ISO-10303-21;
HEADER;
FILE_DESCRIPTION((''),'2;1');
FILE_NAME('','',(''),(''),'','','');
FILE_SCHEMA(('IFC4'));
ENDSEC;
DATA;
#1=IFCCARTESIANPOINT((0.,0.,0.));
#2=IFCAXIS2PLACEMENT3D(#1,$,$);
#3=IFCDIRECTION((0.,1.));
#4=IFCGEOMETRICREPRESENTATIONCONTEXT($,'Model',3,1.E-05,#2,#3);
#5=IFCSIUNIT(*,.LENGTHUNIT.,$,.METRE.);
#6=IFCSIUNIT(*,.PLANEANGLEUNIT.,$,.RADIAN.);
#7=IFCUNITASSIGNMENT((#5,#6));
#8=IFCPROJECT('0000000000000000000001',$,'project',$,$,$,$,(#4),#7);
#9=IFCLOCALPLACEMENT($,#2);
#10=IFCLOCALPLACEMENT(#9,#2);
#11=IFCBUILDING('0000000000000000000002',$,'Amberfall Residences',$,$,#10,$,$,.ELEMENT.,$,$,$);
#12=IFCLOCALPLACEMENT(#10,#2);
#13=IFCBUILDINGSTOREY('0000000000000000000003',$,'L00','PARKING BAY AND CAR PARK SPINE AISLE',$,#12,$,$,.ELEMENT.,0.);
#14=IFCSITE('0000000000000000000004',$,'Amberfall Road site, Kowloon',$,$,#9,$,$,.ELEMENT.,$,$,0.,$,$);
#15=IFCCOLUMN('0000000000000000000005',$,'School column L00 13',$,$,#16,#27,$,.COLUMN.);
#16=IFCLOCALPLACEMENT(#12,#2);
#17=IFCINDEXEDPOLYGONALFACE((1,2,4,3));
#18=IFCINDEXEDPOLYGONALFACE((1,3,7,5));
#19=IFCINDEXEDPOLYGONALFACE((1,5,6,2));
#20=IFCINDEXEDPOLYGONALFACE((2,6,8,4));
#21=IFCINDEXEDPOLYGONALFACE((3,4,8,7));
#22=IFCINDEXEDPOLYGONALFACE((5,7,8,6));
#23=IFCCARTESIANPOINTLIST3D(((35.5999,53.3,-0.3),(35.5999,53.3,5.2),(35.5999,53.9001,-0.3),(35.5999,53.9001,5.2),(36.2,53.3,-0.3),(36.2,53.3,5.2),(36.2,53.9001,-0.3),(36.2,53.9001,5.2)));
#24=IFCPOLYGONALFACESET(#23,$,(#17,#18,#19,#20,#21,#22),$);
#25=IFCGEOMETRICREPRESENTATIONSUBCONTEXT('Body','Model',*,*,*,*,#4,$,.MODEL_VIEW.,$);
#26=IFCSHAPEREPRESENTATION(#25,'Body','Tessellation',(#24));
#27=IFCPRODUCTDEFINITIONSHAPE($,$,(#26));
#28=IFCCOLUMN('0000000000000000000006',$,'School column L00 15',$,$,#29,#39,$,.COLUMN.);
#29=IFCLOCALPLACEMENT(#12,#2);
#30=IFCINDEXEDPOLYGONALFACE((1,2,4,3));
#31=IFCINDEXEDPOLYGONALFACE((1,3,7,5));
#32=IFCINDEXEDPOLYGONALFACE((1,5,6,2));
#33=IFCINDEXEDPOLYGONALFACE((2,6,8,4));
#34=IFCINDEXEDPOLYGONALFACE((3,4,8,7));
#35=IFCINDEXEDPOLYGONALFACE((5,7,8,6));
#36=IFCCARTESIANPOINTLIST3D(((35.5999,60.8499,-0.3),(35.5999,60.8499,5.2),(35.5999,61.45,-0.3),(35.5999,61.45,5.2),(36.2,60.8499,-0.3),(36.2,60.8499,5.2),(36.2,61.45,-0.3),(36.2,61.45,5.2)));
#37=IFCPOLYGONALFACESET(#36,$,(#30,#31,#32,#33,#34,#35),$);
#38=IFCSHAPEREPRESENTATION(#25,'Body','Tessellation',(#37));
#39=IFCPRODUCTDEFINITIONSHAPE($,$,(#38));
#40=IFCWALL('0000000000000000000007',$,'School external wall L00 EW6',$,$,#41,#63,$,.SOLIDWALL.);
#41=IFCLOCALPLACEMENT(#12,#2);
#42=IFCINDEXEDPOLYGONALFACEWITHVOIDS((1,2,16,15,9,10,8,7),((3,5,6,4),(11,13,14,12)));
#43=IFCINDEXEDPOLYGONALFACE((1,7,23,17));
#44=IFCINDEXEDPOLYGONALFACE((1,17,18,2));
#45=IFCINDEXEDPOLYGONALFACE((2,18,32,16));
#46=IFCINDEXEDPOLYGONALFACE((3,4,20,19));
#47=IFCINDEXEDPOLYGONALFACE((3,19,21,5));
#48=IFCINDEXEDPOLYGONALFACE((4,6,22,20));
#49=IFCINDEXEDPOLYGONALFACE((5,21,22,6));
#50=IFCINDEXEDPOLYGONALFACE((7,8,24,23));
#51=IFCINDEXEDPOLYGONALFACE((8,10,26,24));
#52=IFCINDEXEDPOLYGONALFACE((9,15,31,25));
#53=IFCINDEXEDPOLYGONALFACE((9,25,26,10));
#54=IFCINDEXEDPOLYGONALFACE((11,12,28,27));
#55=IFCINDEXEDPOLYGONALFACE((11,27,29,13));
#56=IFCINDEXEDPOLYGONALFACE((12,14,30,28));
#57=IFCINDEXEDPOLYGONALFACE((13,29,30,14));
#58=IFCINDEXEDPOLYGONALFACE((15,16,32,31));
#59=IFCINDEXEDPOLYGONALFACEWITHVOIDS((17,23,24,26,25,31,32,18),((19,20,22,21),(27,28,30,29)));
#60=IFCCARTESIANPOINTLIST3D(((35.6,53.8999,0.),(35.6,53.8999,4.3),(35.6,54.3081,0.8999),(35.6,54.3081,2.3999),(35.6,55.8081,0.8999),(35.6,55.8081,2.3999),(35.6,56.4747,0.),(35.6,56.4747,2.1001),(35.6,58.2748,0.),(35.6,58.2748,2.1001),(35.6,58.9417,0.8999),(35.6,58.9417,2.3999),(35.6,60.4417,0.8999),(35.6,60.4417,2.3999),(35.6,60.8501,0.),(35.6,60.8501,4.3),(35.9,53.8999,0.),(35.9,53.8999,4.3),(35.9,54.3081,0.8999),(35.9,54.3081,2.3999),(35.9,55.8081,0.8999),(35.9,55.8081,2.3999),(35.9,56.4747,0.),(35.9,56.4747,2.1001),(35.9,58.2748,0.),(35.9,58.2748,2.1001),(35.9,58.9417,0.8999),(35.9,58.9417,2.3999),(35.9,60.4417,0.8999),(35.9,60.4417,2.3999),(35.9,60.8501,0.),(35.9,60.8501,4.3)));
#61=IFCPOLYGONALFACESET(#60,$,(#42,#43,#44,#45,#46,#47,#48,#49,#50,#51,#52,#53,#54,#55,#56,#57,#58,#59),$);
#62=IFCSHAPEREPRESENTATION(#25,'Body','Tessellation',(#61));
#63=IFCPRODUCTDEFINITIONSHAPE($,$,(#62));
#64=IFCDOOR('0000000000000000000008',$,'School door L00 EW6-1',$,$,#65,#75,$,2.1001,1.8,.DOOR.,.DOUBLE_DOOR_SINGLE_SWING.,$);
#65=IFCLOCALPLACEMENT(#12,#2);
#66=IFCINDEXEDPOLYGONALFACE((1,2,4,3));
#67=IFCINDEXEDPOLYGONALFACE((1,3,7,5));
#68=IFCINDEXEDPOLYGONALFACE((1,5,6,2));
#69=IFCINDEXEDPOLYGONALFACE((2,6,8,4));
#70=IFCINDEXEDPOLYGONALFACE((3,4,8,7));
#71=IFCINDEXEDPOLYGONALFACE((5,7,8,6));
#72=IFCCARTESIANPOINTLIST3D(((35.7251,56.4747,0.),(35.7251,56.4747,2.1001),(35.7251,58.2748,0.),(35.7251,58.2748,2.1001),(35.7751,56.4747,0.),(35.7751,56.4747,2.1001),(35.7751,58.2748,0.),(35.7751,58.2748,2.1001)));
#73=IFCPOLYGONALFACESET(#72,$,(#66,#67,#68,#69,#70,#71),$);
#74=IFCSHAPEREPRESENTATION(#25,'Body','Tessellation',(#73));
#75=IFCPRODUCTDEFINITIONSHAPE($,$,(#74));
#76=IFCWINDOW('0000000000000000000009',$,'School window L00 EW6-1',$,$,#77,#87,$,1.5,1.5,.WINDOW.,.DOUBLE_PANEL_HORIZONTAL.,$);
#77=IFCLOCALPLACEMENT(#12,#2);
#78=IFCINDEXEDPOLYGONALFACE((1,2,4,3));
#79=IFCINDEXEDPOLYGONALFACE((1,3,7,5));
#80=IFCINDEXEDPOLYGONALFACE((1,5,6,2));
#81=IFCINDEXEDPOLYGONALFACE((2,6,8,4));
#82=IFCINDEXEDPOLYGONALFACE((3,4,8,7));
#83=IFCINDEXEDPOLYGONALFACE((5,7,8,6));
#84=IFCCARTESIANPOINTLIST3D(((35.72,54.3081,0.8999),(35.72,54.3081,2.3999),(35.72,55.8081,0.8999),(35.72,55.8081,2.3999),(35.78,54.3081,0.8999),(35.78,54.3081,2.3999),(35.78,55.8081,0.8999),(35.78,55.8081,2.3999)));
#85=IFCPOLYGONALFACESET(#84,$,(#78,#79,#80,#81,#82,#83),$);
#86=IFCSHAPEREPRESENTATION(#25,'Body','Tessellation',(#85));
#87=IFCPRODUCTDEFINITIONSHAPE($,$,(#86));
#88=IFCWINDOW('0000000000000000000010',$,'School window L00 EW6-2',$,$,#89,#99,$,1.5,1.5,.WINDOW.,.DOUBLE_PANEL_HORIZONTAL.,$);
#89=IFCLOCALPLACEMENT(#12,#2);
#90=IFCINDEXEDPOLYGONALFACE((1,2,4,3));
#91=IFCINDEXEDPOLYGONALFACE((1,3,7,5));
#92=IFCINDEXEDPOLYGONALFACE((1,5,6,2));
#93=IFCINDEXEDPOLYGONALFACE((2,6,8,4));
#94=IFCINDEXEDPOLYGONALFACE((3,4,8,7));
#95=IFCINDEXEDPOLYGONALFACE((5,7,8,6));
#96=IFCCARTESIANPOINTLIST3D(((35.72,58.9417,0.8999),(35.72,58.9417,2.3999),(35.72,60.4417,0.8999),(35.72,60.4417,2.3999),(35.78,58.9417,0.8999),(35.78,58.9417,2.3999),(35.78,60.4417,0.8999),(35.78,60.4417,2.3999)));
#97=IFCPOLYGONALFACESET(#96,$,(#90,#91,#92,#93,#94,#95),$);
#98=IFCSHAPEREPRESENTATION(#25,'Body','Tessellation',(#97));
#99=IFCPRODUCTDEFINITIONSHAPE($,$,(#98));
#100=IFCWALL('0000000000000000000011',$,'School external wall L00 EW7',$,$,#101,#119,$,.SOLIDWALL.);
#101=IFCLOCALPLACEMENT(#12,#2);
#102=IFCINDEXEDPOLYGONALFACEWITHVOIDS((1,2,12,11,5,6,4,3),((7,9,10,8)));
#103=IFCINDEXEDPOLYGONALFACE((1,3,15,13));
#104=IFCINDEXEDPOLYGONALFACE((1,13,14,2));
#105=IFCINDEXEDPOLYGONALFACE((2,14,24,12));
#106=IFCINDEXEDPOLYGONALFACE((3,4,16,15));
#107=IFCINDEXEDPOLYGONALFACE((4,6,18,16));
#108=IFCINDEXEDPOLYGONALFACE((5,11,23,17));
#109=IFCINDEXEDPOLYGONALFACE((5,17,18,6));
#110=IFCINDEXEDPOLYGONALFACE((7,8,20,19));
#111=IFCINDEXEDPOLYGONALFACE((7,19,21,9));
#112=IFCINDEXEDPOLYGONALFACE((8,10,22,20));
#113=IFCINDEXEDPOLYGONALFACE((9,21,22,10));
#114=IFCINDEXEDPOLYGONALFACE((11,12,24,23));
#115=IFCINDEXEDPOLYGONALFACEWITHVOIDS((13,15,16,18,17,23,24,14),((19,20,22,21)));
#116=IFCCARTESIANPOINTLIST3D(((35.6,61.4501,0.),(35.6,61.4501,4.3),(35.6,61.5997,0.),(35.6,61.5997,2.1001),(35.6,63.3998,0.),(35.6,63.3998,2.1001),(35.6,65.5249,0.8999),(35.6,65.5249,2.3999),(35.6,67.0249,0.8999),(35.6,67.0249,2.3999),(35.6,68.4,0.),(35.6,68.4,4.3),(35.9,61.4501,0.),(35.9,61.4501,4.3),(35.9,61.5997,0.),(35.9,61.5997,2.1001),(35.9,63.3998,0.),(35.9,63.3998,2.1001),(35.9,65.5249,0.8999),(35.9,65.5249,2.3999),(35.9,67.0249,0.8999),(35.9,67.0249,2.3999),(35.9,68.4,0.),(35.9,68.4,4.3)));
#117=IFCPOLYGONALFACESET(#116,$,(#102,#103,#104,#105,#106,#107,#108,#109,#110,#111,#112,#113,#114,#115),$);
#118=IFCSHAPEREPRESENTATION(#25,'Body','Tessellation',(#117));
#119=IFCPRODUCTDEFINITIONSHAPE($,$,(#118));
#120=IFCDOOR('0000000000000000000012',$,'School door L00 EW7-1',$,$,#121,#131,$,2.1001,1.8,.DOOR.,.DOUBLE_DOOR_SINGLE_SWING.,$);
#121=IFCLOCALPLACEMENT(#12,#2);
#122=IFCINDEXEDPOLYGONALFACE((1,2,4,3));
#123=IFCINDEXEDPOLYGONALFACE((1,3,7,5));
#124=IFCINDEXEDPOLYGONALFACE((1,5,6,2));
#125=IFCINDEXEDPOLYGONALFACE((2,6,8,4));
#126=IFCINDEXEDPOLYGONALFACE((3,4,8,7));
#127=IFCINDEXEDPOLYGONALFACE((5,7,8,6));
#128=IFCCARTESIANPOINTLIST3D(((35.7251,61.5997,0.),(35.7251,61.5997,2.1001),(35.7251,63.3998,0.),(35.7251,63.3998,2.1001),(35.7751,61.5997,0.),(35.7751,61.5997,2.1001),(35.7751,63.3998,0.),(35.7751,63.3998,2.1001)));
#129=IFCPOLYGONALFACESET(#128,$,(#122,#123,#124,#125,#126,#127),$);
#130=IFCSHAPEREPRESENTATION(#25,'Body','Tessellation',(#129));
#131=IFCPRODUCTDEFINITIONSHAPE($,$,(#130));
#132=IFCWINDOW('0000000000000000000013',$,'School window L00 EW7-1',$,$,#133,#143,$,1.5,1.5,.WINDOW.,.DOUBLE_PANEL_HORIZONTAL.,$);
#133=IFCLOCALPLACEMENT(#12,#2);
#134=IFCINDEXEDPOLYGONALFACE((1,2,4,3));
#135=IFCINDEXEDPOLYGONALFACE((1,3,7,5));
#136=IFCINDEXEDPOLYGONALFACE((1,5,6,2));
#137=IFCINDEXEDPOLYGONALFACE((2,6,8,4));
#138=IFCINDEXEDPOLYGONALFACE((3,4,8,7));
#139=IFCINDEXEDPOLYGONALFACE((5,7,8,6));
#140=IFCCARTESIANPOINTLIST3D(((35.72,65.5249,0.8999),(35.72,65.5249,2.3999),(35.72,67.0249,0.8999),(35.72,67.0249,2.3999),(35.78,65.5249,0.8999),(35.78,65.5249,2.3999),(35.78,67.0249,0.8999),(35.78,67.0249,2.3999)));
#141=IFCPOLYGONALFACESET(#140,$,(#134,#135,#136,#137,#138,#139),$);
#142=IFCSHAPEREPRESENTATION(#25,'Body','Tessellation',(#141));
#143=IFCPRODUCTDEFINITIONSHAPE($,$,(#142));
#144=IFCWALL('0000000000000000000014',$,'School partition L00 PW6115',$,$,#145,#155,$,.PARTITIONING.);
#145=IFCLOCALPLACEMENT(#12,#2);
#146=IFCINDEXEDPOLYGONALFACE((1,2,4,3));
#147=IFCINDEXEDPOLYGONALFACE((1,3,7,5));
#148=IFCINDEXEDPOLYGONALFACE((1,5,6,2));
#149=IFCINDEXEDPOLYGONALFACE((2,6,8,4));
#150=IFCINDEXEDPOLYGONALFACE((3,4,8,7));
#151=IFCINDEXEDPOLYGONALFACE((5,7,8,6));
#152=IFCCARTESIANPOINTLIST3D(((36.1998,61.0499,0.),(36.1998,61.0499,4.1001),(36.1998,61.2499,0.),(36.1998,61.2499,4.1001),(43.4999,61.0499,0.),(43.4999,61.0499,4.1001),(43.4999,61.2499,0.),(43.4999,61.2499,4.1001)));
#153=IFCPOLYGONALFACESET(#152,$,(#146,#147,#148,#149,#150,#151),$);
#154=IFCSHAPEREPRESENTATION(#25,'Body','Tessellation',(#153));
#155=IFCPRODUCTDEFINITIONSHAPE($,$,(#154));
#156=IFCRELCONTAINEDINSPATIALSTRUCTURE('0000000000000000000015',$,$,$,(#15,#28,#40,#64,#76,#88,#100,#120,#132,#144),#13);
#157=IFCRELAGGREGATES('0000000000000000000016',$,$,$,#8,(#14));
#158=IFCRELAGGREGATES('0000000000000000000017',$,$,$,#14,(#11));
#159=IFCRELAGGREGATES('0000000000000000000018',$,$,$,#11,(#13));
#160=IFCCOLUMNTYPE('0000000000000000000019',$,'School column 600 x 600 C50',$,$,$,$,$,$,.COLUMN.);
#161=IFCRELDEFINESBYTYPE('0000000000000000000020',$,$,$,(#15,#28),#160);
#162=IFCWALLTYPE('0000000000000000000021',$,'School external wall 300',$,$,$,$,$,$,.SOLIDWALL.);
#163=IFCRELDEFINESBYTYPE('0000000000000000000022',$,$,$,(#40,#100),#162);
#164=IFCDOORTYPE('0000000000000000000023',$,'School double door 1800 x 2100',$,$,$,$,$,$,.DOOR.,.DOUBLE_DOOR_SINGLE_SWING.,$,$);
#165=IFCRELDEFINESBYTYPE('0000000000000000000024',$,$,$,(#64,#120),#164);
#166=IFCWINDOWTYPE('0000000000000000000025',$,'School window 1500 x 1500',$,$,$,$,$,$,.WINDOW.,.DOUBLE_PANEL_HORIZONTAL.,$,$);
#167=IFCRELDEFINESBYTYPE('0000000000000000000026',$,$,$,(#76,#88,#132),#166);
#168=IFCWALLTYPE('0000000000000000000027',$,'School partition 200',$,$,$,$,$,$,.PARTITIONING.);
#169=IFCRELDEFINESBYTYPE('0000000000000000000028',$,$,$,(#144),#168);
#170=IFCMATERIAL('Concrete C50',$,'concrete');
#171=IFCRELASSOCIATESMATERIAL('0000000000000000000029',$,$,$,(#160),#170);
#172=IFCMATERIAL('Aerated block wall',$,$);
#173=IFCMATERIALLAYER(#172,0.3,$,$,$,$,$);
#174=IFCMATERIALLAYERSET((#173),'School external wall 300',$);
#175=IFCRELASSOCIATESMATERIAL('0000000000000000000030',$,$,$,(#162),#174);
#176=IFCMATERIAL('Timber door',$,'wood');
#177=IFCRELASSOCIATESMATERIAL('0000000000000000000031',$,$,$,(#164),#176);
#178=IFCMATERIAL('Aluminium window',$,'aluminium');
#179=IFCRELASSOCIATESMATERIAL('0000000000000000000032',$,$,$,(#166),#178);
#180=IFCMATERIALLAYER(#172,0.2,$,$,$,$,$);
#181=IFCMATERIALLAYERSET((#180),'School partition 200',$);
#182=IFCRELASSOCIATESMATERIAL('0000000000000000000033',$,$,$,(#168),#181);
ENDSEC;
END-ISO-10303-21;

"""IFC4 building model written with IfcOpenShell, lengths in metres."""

from ifc_helpers import new_model, si_unit, direction, frame, frame_2d, origin, origin_2d, place, context, subcontext, project, spatial, rectangle, extrude, material, layer, layer_set, material_profile, profile_set, type_object, element, fill, save


model = new_model("IFC4")

# Units and contexts
model_context = context("Model", 3, precision=1e-05, world=origin(), true_north=direction((0.0, 1.0)))
body_context = subcontext(model_context, "Body", "Model", "MODEL_VIEW")
ifc_project = project(units=[si_unit("LENGTHUNIT", "METRE"), si_unit("PLANEANGLEUNIT", "RADIAN")], contexts=[model_context])

# Site, building, storey
site_placement = place(None, origin())
site = spatial("IfcSite", under=ifc_project, at=site_placement, Name="Amberfall Road site, Kowloon", CompositionType="ELEMENT", RefElevation=0.0)
building_placement = place(site_placement, origin())
building = spatial("IfcBuilding", under=site, at=building_placement, Name="Amberfall Residences", CompositionType="ELEMENT")
storey_placement = place(building_placement, origin())
storey = spatial("IfcBuildingStorey", under=building, at=storey_placement, Name="L00", Description="PARKING BAY AND CAR PARK SPINE AISLE", CompositionType="ELEMENT", Elevation=0.0)

# Columns
ifc_material_1 = material(Name="Concrete C50", Category="concrete")
ifc_material_profile = material_profile(ifc_material_1, rectangle(XDim=0.6001, YDim=0.6001, at=origin_2d()), Name="School column 600 x 600 C50")
ifc_profile_set = profile_set([ifc_material_profile], Name="Concrete C50")
column_type = type_object("IfcColumnType", Name="School column 600 x 600 C50", PredefinedType="COLUMN", material=ifc_profile_set)
for number, where, z_axis, x_axis, name in (
    (1, (35.8999, 53.6001, -0.3), (0.0, 0.0, 1.0), (1.0, 0.0, 0.0), "School column L00 13"),
    (2, (35.8999, 61.1499, -0.3), (0.0, 0.0, 1.0), (1.0, 0.0, 0.0), "School column L00 15"),
):
    element("IfcColumn", number, at=place(storey_placement, frame(where, z_axis=z_axis, x_axis=x_axis)), inside=storey, type_object=column_type, Name=name, PredefinedType="COLUMN", context=body_context, shape_type="SweptSolid", body=[
        extrude(rectangle(XDim=0.6001, YDim=0.6001, at=origin_2d()), origin(), (0.0, 0.0, 1.0), 5.5),
    ])

# Wall, openings, door, windows
ifc_material_2 = material(Name="Aerated block wall")
ifc_layer_1 = layer(ifc_material_2, 0.3)
ifc_layer_set_1 = layer_set([ifc_layer_1], Name="School external wall 300")
wall_type_1 = type_object("IfcWallType", Name="School external wall 300", PredefinedType="SOLIDWALL", material=ifc_layer_set_1)
wall_1_placement = place(storey_placement, frame((35.75, 53.8999, 0.0), z_axis=(0.0, 0.0, 1.0), x_axis=(0.0, 1.0, 0.0)))
wall_1 = element("IfcWall", 3, at=wall_1_placement, inside=storey, type_object=wall_type_1, Name="School external wall L00 EW6", PredefinedType="SOLIDWALL", context=body_context, shape_type="SweptSolid", body=[
    extrude(rectangle(XDim=6.9502, YDim=0.3, at=frame_2d((3.4751, 0.0))), origin(), (0.0, 0.0, 1.0), 4.3),
])
opening_1_placement = place(wall_1_placement, frame((2.575, 0.0, 0.0)))
opening_1 = element("IfcOpeningElement", 4, at=opening_1_placement, cuts=wall_1, PredefinedType="OPENING", context=body_context, shape_type="SweptSolid", body=[
    extrude(rectangle(XDim=1.8, YDim=2.1001, at=frame_2d((0.8999, 1.05))), frame((0.0, 0.1599, 0.0), z_axis=(0.0, -1.0, 0.0), x_axis=(1.0, 0.0, 0.0)), (0.0, 0.0, 1.0), 0.3201),
])
opening_2_placement = place(wall_1_placement, frame((0.4082, 0.0, 0.8999)))
opening_2 = element("IfcOpeningElement", 5, at=opening_2_placement, cuts=wall_1, PredefinedType="OPENING", context=body_context, shape_type="SweptSolid", body=[
    extrude(rectangle(XDim=1.5, YDim=1.5, at=frame_2d((0.75, 0.75))), frame((0.0, 0.1599, 0.0), z_axis=(0.0, -1.0, 0.0), x_axis=(1.0, 0.0, 0.0)), (0.0, 0.0, 1.0), 0.3201),
])
opening_3_placement = place(wall_1_placement, frame((5.0417, 0.0, 0.8999)))
opening_3 = element("IfcOpeningElement", 6, at=opening_3_placement, cuts=wall_1, PredefinedType="OPENING", context=body_context, shape_type="SweptSolid", body=[
    extrude(rectangle(XDim=1.5, YDim=1.5, at=frame_2d((0.75, 0.75))), frame((0.0, 0.1599, 0.0), z_axis=(0.0, -1.0, 0.0), x_axis=(1.0, 0.0, 0.0)), (0.0, 0.0, 1.0), 0.3201),
])
ifc_material_3 = material(Name="Timber door", Category="wood")
door_type_1 = type_object("IfcDoorType", Name="School double door 1800 x 2100", OperationType="DOUBLE_DOOR_SINGLE_SWING", PredefinedType="DOOR", material=ifc_material_3)
door_1_placement = place(opening_1_placement, origin())
door_1 = element("IfcDoor", 7, at=door_1_placement, inside=storey, type_object=door_type_1, Name="School door L00 EW6-1", OperationType="DOUBLE_DOOR_SINGLE_SWING", OverallHeight=2.1001, OverallWidth=1.8, PredefinedType="DOOR", context=body_context, shape_type="SweptSolid", body=[
    extrude(rectangle(XDim=1.8, YDim=2.1001, at=frame_2d((0.8999, 1.05))), frame((0.0, 0.0249, 0.0), z_axis=(0.0, -1.0, 0.0), x_axis=(1.0, 0.0, 0.0)), (0.0, 0.0, 1.0), 0.05),
])
fill(opening_1, door_1)
ifc_material_4 = material(Name="Aluminium window", Category="aluminium")
window_type = type_object("IfcWindowType", Name="School window 1500 x 1500", PartitioningType="DOUBLE_PANEL_HORIZONTAL", PredefinedType="WINDOW", material=ifc_material_4)
window_1_placement = place(opening_2_placement, origin())
window_1 = element("IfcWindow", 8, at=window_1_placement, inside=storey, type_object=window_type, Name="School window L00 EW6-1", OverallHeight=1.5, OverallWidth=1.5, PartitioningType="DOUBLE_PANEL_HORIZONTAL", PredefinedType="WINDOW", context=body_context, shape_type="SweptSolid", body=[
    extrude(rectangle(XDim=1.5, YDim=1.5, at=frame_2d((0.75, 0.75))), frame((0.0, 0.03, 0.0), z_axis=(0.0, -1.0, 0.0), x_axis=(1.0, 0.0, 0.0)), (0.0, 0.0, 1.0), 0.0601),
])
fill(opening_2, window_1)
window_2_placement = place(opening_3_placement, origin())
window_2 = element("IfcWindow", 9, at=window_2_placement, inside=storey, type_object=window_type, Name="School window L00 EW6-2", OverallHeight=1.5, OverallWidth=1.5, PartitioningType="DOUBLE_PANEL_HORIZONTAL", PredefinedType="WINDOW", context=body_context, shape_type="SweptSolid", body=[
    extrude(rectangle(XDim=1.5, YDim=1.5, at=frame_2d((0.75, 0.75))), frame((0.0, 0.03, 0.0), z_axis=(0.0, -1.0, 0.0), x_axis=(1.0, 0.0, 0.0)), (0.0, 0.0, 1.0), 0.0601),
])
fill(opening_3, window_2)

# Wall, openings, door, window
wall_2_placement = place(storey_placement, frame((35.75, 61.45, 0.0), z_axis=(0.0, 0.0, 1.0), x_axis=(0.0, 1.0, 0.0)))
wall_2 = element("IfcWall", 10, at=wall_2_placement, inside=storey, type_object=wall_type_1, Name="School external wall L00 EW7", PredefinedType="SOLIDWALL", context=body_context, shape_type="SweptSolid", body=[
    extrude(rectangle(XDim=6.95, YDim=0.3, at=frame_2d((3.4751, 0.0))), origin(), (0.0, 0.0, 1.0), 4.3),
])
opening_4_placement = place(wall_2_placement, frame((0.1499, 0.0, 0.0)))
opening_4 = element("IfcOpeningElement", 11, at=opening_4_placement, cuts=wall_2, PredefinedType="OPENING", context=body_context, shape_type="SweptSolid", body=[
    extrude(rectangle(XDim=1.8, YDim=2.1001, at=frame_2d((0.8999, 1.05))), frame((0.0, 0.1599, 0.0), z_axis=(0.0, -1.0, 0.0), x_axis=(1.0, 0.0, 0.0)), (0.0, 0.0, 1.0), 0.3201),
])
opening_5_placement = place(wall_2_placement, frame((4.075, 0.0, 0.8999)))
opening_5 = element("IfcOpeningElement", 12, at=opening_5_placement, cuts=wall_2, PredefinedType="OPENING", context=body_context, shape_type="SweptSolid", body=[
    extrude(rectangle(XDim=1.5, YDim=1.5, at=frame_2d((0.75, 0.75))), frame((0.0, 0.1599, 0.0), z_axis=(0.0, -1.0, 0.0), x_axis=(1.0, 0.0, 0.0)), (0.0, 0.0, 1.0), 0.3201),
])
door_2_placement = place(opening_4_placement, origin())
door_2 = element("IfcDoor", 13, at=door_2_placement, inside=storey, type_object=door_type_1, Name="School door L00 EW7-1", OperationType="DOUBLE_DOOR_SINGLE_SWING", OverallHeight=2.1001, OverallWidth=1.8, PredefinedType="DOOR", context=body_context, shape_type="SweptSolid", body=[
    extrude(rectangle(XDim=1.8, YDim=2.1001, at=frame_2d((0.8999, 1.05))), frame((0.0, 0.0249, 0.0), z_axis=(0.0, -1.0, 0.0), x_axis=(1.0, 0.0, 0.0)), (0.0, 0.0, 1.0), 0.05),
])
fill(opening_4, door_2)
window_3_placement = place(opening_5_placement, origin())
window_3 = element("IfcWindow", 14, at=window_3_placement, inside=storey, type_object=window_type, Name="School window L00 EW7-1", OverallHeight=1.5, OverallWidth=1.5, PartitioningType="DOUBLE_PANEL_HORIZONTAL", PredefinedType="WINDOW", context=body_context, shape_type="SweptSolid", body=[
    extrude(rectangle(XDim=1.5, YDim=1.5, at=frame_2d((0.75, 0.75))), frame((0.0, 0.03, 0.0), z_axis=(0.0, -1.0, 0.0), x_axis=(1.0, 0.0, 0.0)), (0.0, 0.0, 1.0), 0.0601),
])
fill(opening_5, window_3)

# Wall
ifc_layer_2 = layer(ifc_material_2, 0.2)
ifc_layer_set_2 = layer_set([ifc_layer_2], Name="School partition 200")
wall_type_2 = type_object("IfcWallType", Name="School partition 200", PredefinedType="PARTITIONING", material=ifc_layer_set_2)
wall_3_placement = place(storey_placement, frame((36.2, 61.1499, 0.0), z_axis=(0.0, 0.0, 1.0), x_axis=(1.0, 0.0, 0.0)))
element("IfcWall", 15, at=wall_3_placement, inside=storey, type_object=wall_type_2, Name="School partition L00 PW6115", PredefinedType="PARTITIONING", context=body_context, shape_type="SweptSolid", body=[
    extrude(rectangle(XDim=7.3, YDim=0.2, at=frame_2d((3.6499, 0.0))), origin(), (0.0, 0.0, 1.0), 4.1001),
])

save(model, "model.ifc")
